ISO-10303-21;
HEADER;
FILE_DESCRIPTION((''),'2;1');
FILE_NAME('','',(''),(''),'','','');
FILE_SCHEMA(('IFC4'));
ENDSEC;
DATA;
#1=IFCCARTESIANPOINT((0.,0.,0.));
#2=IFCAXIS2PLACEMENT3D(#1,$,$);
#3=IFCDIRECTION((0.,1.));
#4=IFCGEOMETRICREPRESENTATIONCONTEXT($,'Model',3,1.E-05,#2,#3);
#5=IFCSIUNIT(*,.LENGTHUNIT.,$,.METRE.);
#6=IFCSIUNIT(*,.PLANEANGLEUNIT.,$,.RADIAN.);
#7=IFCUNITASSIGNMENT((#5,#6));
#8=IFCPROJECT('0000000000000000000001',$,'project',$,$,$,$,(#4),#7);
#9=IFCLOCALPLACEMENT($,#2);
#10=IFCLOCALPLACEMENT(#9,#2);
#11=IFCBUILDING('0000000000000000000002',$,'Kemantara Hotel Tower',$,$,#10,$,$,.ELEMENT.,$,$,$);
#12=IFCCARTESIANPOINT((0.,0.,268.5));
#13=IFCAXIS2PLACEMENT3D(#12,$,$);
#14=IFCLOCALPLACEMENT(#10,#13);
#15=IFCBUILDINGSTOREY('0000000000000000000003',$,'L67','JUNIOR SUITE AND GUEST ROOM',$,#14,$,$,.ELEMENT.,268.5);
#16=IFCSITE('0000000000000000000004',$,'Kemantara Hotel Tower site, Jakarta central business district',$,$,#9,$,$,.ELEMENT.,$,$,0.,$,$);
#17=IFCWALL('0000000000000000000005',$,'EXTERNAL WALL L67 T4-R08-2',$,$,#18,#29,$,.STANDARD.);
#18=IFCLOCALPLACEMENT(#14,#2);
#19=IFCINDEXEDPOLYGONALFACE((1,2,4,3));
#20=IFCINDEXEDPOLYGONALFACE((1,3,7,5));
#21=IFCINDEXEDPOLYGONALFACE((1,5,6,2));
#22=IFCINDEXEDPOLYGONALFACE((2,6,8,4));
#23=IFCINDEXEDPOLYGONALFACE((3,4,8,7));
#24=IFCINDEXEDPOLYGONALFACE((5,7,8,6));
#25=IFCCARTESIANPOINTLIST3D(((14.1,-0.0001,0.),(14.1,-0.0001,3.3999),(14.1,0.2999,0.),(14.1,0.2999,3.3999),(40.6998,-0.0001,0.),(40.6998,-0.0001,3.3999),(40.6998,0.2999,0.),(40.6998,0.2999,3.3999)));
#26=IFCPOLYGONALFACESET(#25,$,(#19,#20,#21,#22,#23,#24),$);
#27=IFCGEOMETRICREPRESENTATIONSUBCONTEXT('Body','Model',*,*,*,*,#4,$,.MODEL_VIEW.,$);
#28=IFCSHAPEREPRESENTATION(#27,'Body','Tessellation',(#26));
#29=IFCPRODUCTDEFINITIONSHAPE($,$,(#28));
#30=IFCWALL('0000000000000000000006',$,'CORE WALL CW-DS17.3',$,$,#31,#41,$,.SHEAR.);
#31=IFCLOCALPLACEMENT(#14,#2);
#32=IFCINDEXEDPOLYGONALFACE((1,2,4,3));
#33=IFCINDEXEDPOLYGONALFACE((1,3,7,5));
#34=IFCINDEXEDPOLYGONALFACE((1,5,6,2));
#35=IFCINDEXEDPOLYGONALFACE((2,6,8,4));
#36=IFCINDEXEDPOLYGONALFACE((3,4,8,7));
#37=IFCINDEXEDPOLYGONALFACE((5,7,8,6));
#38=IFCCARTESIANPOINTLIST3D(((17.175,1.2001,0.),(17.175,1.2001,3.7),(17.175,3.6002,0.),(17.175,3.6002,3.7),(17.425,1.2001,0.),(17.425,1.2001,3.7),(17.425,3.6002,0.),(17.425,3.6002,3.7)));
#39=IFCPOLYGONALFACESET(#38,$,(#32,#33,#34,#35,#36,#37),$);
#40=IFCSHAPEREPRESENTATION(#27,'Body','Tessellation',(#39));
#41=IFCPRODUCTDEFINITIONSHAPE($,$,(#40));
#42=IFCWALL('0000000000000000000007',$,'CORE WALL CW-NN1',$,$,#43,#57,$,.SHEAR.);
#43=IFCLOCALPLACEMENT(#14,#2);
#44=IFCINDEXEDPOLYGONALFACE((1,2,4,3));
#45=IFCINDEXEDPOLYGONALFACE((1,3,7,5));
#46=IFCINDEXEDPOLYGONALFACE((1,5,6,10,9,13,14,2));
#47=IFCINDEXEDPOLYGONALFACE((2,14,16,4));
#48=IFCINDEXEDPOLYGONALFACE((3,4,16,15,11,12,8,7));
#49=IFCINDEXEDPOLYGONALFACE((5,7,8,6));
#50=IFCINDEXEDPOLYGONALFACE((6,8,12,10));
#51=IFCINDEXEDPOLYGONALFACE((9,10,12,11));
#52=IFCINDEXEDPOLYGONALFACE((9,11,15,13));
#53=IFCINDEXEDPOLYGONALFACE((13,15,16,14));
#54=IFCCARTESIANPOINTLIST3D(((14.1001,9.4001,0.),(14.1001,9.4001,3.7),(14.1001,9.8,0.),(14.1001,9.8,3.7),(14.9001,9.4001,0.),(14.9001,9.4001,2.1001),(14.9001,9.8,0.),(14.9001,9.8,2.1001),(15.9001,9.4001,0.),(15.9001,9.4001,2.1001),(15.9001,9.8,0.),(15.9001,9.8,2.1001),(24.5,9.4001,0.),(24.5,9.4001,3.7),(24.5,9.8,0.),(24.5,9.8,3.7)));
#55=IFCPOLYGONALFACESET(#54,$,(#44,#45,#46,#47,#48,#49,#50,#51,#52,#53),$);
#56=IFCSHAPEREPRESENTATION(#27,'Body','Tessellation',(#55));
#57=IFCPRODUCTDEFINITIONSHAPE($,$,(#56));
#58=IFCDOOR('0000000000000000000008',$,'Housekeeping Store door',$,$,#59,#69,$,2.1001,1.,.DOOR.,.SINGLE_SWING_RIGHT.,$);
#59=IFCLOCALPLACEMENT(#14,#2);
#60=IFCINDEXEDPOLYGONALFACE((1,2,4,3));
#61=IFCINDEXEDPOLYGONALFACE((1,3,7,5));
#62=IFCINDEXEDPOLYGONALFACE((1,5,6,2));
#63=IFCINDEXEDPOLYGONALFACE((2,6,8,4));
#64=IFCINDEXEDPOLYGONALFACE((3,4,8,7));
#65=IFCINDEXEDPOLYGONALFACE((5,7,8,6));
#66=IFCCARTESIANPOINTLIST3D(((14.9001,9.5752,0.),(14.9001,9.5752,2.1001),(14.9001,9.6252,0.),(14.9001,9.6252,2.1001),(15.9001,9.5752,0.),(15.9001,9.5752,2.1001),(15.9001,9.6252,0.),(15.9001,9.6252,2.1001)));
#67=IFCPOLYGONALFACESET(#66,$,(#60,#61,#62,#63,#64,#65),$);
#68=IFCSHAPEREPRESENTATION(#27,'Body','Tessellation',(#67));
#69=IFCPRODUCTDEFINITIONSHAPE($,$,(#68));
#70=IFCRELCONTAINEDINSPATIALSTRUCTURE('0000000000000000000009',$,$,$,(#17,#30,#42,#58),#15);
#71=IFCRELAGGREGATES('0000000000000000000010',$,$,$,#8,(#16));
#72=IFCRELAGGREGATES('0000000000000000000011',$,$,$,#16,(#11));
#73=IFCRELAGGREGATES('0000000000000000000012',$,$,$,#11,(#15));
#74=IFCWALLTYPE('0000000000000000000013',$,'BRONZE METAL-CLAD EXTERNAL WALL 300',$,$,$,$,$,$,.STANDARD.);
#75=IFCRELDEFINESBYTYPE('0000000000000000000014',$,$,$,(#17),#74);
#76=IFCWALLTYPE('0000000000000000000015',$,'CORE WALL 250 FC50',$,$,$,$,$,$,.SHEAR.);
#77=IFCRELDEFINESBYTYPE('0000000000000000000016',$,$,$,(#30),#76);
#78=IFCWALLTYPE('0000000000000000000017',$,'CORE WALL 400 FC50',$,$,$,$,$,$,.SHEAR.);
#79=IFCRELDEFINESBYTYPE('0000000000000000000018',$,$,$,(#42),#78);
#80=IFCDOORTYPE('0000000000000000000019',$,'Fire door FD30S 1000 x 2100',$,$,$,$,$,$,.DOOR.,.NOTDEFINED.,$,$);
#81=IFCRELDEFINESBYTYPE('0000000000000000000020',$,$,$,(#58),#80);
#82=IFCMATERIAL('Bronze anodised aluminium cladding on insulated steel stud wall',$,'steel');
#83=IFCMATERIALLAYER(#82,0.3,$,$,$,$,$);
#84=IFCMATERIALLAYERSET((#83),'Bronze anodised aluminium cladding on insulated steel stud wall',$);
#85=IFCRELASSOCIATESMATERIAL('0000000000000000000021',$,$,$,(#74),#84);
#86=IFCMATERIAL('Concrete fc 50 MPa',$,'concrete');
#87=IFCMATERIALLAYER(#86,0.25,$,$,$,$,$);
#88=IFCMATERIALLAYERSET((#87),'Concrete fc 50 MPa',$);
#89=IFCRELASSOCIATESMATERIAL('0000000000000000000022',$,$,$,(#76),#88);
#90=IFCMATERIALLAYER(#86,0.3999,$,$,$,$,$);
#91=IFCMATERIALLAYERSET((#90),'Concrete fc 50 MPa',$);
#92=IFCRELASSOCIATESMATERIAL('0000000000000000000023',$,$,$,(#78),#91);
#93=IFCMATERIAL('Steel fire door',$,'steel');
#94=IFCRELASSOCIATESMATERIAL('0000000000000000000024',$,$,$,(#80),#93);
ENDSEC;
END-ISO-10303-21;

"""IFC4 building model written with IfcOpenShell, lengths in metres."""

from ifc_helpers import new_model, si_unit, direction, frame, frame_2d, origin, place, context, subcontext, project, spatial, rectangle, extrude, material, layer, layer_set, type_object, element, fill, save


model = new_model("IFC4")

# Units and contexts
model_context = context("Model", 3, precision=1e-05, world=origin(), true_north=direction((0.0, 1.0)))
body_context = subcontext(model_context, "Body", "Model", "MODEL_VIEW")
ifc_project = project(units=[si_unit("LENGTHUNIT", "METRE"), si_unit("PLANEANGLEUNIT", "RADIAN")], contexts=[model_context])

# Site, building, storey
site_placement = place(None, origin())
site = spatial("IfcSite", under=ifc_project, at=site_placement, Name="Kemantara Hotel Tower site, Jakarta central business district", CompositionType="ELEMENT", RefElevation=0.0)
building_placement = place(site_placement, origin())
building = spatial("IfcBuilding", under=site, at=building_placement, Name="Kemantara Hotel Tower", CompositionType="ELEMENT")
storey_placement = place(building_placement, frame((0.0, 0.0, 268.5)))
storey = spatial("IfcBuildingStorey", under=building, at=storey_placement, Name="L67", Description="JUNIOR SUITE AND GUEST ROOM", CompositionType="ELEMENT", Elevation=268.5)

# Walls
ifc_material_1 = material(Name="Bronze anodised aluminium cladding on insulated steel stud wall", Category="steel")
ifc_layer_1 = layer(ifc_material_1, 0.3)
ifc_layer_set_1 = layer_set([ifc_layer_1], Name="Bronze anodised aluminium cladding on insulated steel stud wall")
wall_type_1 = type_object("IfcWallType", Name="BRONZE METAL-CLAD EXTERNAL WALL 300", PredefinedType="STANDARD", material=ifc_layer_set_1)
wall_1_placement = place(storey_placement, frame((14.1001, 0.1499, 0.0), z_axis=(0.0, 0.0, 1.0), x_axis=(1.0, 0.0, 0.0)))
element("IfcWall", 1, at=wall_1_placement, inside=storey, type_object=wall_type_1, Name="EXTERNAL WALL L67 T4-R08-2", PredefinedType="STANDARD", context=body_context, shape_type="SweptSolid", body=[
    extrude(rectangle(XDim=26.5999, YDim=0.3, at=frame_2d((13.2998, 0.0))), origin(), (0.0, 0.0, 1.0), 3.3999),
])
ifc_material_2 = material(Name="Concrete fc 50 MPa", Category="concrete")
ifc_layer_2 = layer(ifc_material_2, 0.25)
ifc_layer_set_2 = layer_set([ifc_layer_2], Name="Concrete fc 50 MPa")
wall_type_2 = type_object("IfcWallType", Name="CORE WALL 250 FC50", PredefinedType="SHEAR", material=ifc_layer_set_2)
wall_2_placement = place(storey_placement, frame((17.3, 1.2, 0.0), z_axis=(0.0, 0.0, 1.0), x_axis=(0.0, 1.0, 0.0)))
element("IfcWall", 2, at=wall_2_placement, inside=storey, type_object=wall_type_2, Name="CORE WALL CW-DS17.3", PredefinedType="SHEAR", context=body_context, shape_type="SweptSolid", body=[
    extrude(rectangle(XDim=2.4001, YDim=0.25, at=frame_2d((1.2002, 0.0))), origin(), (0.0, 0.0, 1.0), 3.7),
])

# Wall, opening, door
ifc_layer_3 = layer(ifc_material_2, 0.3999)
ifc_layer_set_3 = layer_set([ifc_layer_3], Name="Concrete fc 50 MPa")
wall_type_3 = type_object("IfcWallType", Name="CORE WALL 400 FC50", PredefinedType="SHEAR", material=ifc_layer_set_3)
wall_3_placement = place(storey_placement, frame((14.1001, 9.6001, 0.0), z_axis=(0.0, 0.0, 1.0), x_axis=(1.0, 0.0, 0.0)))
wall_3 = element("IfcWall", 3, at=wall_3_placement, inside=storey, type_object=wall_type_3, Name="CORE WALL CW-NN1", PredefinedType="SHEAR", context=body_context, shape_type="SweptSolid", body=[
    extrude(rectangle(XDim=10.3999, YDim=0.3999, at=frame_2d((5.2, 0.0))), origin(), (0.0, 0.0, 1.0), 3.7),
])
opening_1_placement = place(wall_3_placement, frame((0.8, 0.0, 0.0)))
opening_1 = element("IfcOpeningElement", 4, at=opening_1_placement, cuts=wall_3, PredefinedType="OPENING", context=body_context, shape_type="SweptSolid", body=[
    extrude(rectangle(XDim=1.0, YDim=2.1001, at=frame_2d((0.5, 1.05))), frame((0.0, 0.21, 0.0), z_axis=(0.0, -1.0, 0.0), x_axis=(1.0, 0.0, 0.0)), (0.0, 0.0, 1.0), 0.4199),
])
ifc_material_3 = material(Name="Steel fire door", Category="steel")
door_type_1 = type_object("IfcDoorType", Name="Fire door FD30S 1000 x 2100", OperationType="NOTDEFINED", PredefinedType="DOOR", material=ifc_material_3)
door_1_placement = place(opening_1_placement, frame((1.0, 0.0, 0.0), z_axis=(0.0, 0.0, 1.0), x_axis=(-1.0, 0.0, 0.0)))
door_1 = element("IfcDoor", 5, at=door_1_placement, inside=storey, type_object=door_type_1, Name="Housekeeping Store door", OperationType="SINGLE_SWING_RIGHT", OverallHeight=2.1001, OverallWidth=1.0, PredefinedType="DOOR", context=body_context, shape_type="SweptSolid", body=[
    extrude(rectangle(XDim=1.0, YDim=2.1001, at=frame_2d((0.5, 1.05))), frame((0.0, 0.0249, 0.0), z_axis=(0.0, -1.0, 0.0), x_axis=(1.0, 0.0, 0.0)), (0.0, 0.0, 1.0), 0.05),
])
fill(opening_1, door_1)

save(model, "model.ifc")
